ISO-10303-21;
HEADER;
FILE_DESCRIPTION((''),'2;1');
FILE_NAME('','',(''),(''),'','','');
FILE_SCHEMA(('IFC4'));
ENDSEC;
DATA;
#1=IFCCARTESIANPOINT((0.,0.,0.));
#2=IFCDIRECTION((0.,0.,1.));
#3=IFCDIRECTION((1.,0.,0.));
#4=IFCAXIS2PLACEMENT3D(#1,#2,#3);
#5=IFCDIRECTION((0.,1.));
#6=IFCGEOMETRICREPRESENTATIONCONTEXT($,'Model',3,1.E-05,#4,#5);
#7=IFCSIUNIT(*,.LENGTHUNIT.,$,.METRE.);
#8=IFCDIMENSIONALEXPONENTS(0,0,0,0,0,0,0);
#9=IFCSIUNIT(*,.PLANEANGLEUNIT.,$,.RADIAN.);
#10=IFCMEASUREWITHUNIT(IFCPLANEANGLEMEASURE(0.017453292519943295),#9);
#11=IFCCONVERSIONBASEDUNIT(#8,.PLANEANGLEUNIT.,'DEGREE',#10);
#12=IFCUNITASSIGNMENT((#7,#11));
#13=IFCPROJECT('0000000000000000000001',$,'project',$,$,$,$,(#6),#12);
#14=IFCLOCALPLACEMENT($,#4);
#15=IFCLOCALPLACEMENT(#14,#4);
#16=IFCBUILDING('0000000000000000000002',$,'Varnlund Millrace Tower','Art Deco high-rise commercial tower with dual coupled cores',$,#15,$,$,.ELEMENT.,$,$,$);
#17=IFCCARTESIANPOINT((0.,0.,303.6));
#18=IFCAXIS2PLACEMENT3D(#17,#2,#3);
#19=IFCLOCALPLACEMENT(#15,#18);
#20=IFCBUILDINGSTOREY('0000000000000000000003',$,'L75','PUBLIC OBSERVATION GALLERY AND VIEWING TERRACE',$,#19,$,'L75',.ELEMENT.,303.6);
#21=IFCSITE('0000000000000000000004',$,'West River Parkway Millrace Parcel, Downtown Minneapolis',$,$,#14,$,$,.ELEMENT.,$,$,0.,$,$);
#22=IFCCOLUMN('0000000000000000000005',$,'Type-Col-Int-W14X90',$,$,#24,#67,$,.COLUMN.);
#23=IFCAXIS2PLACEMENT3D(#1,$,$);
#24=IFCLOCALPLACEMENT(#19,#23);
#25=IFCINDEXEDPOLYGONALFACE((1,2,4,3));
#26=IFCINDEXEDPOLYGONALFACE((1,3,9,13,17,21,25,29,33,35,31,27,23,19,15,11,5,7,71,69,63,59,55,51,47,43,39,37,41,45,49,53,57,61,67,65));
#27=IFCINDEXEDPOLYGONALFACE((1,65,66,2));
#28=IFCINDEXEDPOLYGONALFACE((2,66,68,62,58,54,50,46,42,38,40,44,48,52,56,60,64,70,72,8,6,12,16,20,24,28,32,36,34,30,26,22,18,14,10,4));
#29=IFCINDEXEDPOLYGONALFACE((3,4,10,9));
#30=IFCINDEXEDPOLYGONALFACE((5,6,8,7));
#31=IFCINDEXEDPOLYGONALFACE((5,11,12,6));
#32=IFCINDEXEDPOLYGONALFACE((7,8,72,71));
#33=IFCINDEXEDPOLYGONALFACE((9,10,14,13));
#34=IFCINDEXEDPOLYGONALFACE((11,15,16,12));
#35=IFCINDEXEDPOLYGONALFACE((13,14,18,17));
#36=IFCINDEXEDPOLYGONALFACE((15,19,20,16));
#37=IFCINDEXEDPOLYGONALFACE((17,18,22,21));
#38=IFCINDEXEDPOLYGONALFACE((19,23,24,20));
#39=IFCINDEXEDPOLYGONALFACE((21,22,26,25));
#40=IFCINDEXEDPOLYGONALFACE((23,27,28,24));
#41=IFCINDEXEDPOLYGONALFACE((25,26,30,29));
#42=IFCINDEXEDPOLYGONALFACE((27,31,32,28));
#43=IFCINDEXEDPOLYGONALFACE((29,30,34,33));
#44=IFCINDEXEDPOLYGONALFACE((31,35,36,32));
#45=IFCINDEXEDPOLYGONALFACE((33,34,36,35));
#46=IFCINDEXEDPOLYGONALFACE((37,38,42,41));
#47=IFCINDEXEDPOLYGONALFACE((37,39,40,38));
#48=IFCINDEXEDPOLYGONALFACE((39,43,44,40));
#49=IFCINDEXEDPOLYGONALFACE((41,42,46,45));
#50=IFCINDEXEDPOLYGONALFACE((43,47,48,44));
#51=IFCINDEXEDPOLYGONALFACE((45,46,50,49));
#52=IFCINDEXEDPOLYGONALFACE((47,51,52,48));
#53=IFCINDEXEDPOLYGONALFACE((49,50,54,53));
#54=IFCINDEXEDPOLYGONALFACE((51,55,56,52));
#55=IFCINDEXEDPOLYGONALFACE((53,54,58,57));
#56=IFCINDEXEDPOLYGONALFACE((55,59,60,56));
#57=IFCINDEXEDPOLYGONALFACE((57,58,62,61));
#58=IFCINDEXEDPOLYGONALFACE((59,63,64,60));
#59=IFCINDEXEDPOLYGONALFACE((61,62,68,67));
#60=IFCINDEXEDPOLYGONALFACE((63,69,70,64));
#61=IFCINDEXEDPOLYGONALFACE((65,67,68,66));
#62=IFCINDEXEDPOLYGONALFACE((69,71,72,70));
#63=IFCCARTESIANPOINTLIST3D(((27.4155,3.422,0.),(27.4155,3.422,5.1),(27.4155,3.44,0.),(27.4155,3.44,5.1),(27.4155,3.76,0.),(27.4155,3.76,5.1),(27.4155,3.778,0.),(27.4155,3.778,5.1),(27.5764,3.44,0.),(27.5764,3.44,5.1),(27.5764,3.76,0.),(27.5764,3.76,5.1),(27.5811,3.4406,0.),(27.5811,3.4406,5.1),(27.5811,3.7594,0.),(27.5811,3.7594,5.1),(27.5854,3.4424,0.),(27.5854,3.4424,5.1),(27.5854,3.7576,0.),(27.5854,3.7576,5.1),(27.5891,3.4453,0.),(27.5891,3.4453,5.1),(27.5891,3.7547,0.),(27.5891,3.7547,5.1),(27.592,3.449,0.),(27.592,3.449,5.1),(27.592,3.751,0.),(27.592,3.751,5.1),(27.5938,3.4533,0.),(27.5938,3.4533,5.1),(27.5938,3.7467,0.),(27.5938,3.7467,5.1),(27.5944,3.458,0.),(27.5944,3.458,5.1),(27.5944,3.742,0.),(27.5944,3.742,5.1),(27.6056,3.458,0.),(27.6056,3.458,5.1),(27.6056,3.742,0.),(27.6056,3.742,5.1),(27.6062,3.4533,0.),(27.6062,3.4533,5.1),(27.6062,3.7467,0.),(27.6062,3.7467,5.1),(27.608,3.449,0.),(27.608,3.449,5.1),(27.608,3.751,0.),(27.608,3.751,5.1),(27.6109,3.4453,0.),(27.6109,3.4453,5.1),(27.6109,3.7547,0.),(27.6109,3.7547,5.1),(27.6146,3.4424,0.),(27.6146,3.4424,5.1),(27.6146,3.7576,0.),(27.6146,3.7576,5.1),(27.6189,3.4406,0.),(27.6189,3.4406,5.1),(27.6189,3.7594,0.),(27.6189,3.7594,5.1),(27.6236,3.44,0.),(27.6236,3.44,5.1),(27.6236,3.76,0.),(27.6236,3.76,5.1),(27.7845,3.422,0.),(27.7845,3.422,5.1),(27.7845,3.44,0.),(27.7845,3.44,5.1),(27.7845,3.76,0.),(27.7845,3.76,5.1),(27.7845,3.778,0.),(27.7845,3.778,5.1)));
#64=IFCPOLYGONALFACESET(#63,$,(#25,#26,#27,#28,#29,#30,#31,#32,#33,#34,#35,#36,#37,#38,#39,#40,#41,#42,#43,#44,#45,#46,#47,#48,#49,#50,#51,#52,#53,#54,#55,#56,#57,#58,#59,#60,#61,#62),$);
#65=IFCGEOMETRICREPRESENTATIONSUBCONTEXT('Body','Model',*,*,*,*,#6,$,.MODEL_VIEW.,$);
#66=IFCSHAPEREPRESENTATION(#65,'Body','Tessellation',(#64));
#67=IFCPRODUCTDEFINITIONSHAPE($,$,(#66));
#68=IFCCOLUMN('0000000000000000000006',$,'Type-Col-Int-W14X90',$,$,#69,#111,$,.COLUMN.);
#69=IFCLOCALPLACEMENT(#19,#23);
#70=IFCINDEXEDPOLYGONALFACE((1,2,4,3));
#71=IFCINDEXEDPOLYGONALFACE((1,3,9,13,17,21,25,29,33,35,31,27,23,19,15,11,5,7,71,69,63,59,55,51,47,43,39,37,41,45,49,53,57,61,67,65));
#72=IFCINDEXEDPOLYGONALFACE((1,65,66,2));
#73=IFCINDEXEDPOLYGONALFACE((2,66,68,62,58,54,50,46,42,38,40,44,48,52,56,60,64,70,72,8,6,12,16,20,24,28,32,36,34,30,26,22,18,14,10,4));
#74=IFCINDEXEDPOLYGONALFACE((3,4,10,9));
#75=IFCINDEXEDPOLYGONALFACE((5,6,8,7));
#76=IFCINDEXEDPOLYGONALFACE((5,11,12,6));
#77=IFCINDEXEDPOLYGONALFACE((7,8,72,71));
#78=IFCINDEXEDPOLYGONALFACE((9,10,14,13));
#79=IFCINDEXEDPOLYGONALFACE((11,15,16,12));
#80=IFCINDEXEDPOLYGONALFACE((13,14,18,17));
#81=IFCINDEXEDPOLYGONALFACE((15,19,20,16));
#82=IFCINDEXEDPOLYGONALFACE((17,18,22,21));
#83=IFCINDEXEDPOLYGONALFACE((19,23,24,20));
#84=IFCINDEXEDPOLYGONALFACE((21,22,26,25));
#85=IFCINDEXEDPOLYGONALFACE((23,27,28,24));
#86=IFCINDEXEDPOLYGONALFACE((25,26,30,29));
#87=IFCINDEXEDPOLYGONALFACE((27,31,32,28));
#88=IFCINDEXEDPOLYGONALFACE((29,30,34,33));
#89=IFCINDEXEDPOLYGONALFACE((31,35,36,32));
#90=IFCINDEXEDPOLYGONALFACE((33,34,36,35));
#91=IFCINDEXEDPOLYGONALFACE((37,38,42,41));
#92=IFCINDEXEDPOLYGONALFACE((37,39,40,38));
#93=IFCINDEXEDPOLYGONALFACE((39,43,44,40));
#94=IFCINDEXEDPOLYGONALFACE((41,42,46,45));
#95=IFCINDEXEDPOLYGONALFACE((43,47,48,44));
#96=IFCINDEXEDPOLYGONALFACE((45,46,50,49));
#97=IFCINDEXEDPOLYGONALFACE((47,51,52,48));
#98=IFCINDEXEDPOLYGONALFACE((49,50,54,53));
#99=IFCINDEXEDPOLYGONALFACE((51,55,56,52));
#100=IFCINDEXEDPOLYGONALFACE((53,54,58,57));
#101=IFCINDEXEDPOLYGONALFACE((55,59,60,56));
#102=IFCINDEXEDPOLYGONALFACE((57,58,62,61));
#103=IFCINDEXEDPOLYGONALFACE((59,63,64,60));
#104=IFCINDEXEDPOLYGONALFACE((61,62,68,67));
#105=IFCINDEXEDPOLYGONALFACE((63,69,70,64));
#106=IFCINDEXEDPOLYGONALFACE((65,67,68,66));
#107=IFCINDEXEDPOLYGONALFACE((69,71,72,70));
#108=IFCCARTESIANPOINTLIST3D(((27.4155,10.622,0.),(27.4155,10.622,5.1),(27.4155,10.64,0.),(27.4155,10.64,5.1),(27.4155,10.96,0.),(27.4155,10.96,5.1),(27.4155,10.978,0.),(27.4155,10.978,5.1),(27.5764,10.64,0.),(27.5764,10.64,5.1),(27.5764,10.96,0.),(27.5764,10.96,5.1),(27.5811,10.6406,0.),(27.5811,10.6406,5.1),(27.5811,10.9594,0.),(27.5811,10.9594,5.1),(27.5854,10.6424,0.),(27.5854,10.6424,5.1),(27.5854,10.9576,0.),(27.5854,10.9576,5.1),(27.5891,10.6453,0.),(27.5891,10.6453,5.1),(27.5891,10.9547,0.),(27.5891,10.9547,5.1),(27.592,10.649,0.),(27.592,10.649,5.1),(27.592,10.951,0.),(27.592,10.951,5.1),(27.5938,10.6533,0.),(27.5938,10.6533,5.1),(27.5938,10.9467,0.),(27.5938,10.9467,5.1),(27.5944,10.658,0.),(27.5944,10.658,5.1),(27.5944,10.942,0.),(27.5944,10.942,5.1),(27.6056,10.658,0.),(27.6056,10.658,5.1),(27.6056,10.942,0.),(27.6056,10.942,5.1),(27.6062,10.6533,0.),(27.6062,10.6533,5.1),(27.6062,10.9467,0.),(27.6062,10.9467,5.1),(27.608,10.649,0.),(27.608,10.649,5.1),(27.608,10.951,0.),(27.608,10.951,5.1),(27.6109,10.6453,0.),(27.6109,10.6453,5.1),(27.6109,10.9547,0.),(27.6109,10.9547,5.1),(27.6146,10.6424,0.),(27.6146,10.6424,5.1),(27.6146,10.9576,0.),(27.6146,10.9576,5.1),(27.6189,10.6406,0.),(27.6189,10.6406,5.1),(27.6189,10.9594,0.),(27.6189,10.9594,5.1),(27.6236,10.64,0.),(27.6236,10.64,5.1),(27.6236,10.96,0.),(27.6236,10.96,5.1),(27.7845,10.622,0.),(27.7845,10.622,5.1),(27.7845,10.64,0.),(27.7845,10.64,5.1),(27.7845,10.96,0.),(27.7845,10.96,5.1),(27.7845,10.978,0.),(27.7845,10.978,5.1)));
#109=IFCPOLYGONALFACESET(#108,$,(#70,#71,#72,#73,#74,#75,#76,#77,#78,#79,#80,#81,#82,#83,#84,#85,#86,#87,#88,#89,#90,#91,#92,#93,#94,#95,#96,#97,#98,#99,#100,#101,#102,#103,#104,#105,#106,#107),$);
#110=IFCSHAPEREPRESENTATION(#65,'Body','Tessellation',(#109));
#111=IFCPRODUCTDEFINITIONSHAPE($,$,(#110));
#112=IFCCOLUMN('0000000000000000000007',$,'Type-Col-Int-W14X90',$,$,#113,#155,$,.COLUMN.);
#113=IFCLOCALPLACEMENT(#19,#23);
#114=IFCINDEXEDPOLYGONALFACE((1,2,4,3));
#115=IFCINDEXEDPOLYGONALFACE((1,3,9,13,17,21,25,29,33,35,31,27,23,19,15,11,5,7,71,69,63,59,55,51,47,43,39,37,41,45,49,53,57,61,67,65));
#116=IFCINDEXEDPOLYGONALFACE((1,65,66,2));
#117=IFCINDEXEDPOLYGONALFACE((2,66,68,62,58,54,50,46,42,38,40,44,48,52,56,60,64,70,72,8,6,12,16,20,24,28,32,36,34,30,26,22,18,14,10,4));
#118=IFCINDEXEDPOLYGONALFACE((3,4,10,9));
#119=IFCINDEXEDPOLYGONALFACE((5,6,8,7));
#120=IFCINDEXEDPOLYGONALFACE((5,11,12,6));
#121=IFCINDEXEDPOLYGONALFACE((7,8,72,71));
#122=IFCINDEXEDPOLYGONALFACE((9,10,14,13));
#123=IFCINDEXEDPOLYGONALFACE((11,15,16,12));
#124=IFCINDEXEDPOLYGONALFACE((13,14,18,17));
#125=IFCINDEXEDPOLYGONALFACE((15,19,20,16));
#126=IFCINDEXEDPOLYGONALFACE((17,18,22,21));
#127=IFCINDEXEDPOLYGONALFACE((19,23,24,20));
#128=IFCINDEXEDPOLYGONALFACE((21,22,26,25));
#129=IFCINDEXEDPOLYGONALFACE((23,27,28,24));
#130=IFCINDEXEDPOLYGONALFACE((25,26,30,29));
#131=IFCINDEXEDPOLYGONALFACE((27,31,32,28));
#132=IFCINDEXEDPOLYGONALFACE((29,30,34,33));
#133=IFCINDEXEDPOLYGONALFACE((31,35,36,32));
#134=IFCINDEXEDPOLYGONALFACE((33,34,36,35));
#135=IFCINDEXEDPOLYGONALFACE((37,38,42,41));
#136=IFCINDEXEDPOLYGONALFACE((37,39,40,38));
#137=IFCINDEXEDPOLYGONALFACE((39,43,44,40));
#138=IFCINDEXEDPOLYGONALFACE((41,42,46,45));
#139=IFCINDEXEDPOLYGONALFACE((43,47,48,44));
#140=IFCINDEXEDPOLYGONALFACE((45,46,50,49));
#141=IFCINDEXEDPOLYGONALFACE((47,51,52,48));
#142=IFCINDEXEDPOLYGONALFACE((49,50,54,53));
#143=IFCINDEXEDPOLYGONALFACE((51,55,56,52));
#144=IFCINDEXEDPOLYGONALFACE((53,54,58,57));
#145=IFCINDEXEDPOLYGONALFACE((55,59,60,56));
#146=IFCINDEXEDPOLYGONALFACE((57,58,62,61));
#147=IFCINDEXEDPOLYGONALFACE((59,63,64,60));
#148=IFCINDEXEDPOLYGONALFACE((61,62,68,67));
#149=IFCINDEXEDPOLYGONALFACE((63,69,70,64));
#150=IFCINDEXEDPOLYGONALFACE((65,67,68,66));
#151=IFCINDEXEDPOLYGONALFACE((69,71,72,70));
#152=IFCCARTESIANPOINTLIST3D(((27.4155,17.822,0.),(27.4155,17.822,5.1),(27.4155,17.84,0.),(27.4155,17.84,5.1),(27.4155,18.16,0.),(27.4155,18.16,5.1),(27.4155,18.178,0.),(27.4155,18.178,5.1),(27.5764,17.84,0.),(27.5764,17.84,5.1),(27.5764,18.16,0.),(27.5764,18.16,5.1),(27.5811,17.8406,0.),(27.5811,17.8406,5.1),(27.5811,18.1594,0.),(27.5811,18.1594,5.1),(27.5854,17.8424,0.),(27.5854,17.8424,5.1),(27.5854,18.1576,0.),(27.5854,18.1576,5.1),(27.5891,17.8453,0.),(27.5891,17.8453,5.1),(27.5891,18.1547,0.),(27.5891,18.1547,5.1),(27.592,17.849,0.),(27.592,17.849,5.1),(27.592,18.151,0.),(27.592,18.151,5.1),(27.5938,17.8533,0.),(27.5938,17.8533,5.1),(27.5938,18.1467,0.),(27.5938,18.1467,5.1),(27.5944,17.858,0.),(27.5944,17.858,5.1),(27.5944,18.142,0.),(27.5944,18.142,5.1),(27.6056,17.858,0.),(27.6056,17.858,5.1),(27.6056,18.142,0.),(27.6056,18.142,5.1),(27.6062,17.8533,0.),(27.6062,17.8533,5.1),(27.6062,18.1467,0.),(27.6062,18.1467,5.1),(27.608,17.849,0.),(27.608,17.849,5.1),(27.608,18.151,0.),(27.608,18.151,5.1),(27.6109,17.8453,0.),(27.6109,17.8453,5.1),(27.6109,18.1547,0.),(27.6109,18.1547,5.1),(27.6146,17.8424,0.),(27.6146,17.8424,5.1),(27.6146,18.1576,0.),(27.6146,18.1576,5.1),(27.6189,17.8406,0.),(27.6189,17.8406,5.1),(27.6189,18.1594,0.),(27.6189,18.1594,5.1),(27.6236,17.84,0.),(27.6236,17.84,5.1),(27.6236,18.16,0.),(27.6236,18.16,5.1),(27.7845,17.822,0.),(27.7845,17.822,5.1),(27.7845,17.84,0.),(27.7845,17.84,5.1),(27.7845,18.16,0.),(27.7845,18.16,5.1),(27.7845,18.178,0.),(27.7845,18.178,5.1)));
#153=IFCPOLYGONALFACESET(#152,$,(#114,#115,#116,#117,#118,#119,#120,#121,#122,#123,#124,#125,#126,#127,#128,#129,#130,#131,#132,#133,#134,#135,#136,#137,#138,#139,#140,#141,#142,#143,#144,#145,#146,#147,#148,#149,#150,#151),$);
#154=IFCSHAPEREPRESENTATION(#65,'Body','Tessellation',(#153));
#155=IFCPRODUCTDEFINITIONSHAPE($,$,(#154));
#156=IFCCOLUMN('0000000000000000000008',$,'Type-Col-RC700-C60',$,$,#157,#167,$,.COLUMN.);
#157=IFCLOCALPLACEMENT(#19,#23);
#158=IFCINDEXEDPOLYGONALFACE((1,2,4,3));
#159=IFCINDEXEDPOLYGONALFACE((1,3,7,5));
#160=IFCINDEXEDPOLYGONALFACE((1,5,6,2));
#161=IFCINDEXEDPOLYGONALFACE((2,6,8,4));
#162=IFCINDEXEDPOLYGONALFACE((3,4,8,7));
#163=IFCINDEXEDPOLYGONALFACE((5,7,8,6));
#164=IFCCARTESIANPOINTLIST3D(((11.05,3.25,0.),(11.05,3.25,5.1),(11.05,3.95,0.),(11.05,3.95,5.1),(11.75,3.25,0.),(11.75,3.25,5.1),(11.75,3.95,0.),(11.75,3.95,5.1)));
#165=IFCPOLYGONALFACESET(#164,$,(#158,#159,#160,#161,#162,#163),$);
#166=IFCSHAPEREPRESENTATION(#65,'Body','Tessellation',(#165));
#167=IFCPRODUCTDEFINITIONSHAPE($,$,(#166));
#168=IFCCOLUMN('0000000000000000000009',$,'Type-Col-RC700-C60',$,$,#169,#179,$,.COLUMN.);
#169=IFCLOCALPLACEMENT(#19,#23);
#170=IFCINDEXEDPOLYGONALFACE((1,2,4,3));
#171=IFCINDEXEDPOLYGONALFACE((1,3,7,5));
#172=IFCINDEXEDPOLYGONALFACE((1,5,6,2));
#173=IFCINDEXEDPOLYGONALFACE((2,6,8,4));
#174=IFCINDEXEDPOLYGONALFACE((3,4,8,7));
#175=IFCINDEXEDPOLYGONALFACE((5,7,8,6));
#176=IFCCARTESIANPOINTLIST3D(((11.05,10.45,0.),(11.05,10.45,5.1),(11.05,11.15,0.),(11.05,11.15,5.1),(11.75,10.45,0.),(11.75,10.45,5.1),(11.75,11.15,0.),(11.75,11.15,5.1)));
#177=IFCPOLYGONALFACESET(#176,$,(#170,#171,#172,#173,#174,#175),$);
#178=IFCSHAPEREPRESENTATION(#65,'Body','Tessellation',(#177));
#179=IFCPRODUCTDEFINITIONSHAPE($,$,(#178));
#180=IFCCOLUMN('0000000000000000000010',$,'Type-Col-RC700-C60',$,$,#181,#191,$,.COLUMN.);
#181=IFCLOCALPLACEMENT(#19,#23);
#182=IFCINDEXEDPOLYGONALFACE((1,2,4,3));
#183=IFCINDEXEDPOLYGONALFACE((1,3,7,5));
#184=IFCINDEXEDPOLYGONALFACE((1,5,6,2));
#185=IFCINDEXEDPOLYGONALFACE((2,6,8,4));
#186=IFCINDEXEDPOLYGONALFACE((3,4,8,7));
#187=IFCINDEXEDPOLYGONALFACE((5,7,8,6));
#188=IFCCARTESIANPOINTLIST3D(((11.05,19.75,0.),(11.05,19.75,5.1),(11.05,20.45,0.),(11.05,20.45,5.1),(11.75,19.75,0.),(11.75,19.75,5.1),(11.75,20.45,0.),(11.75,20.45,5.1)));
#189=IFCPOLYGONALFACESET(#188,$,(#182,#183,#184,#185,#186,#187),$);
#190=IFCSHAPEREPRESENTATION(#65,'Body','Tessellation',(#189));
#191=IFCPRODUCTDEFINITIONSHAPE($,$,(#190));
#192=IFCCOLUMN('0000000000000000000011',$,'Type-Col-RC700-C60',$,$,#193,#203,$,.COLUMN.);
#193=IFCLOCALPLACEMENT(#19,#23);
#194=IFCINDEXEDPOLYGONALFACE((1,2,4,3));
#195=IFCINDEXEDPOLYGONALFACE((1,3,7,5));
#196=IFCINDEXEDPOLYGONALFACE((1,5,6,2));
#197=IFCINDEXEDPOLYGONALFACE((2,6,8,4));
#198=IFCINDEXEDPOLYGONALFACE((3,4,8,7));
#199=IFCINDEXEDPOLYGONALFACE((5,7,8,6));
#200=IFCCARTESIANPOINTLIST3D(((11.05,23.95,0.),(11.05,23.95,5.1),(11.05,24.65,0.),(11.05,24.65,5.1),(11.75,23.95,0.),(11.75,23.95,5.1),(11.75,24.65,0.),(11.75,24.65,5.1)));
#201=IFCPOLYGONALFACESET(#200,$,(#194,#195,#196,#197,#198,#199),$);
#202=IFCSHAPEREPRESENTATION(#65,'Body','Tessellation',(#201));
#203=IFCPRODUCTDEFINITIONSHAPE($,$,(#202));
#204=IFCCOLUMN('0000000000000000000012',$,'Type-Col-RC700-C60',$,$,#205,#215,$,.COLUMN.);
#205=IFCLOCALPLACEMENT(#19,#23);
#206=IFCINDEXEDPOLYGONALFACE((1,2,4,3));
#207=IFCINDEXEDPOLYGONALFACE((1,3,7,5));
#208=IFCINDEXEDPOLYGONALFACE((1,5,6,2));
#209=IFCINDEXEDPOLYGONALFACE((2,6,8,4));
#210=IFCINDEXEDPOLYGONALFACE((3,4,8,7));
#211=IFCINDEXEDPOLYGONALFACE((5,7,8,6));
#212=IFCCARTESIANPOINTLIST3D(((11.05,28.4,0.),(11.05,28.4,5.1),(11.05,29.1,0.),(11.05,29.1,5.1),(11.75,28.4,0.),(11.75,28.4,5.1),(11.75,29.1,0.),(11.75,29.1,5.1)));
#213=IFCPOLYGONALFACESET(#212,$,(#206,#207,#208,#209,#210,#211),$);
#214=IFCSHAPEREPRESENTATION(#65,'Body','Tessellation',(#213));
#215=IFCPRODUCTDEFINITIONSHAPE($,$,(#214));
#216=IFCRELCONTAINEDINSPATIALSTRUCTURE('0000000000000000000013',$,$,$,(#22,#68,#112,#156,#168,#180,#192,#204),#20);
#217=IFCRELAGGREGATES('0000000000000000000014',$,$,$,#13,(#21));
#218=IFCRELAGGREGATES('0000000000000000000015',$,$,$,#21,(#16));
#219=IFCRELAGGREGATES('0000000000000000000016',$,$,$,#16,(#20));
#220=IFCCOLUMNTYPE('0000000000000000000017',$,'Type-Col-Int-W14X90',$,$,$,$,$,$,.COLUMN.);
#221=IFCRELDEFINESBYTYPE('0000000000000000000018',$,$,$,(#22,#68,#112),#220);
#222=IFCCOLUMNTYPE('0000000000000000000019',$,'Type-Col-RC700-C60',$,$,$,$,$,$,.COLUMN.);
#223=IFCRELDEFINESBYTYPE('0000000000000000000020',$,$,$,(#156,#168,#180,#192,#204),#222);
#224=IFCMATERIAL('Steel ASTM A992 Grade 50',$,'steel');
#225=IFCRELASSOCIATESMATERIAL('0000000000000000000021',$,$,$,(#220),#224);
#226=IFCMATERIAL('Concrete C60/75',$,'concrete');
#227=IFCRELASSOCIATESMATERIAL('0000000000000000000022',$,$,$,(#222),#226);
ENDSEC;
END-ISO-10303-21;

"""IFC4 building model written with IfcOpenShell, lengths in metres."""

from ifc_helpers import new_model, entity, si_unit, converted_unit, direction, frame, origin_with_axes, origin_2d_with_axis, place, context, subcontext, project, spatial, rectangle, i_section, extrude, material, material_profile, profile_set, type_object, element, save


model = new_model("IFC4")

# Units and contexts
model_context = context("Model", 3, precision=1e-05, world=origin_with_axes(), true_north=direction((0.0, 1.0)))
body_context = subcontext(model_context, "Body", "Model", "MODEL_VIEW")
ifc_project = project(units=[si_unit("LENGTHUNIT", "METRE"), converted_unit("PLANEANGLEUNIT", "DEGREE", entity("IfcPlaneAngleMeasure", 0.017453292519943295), si_unit("PLANEANGLEUNIT", "RADIAN"), dimensions=[0, 0, 0, 0, 0, 0, 0])], contexts=[model_context])

# Site, building, storey
site_placement = place(None, origin_with_axes())
site = spatial("IfcSite", under=ifc_project, at=site_placement, Name="West River Parkway Millrace Parcel, Downtown Minneapolis", CompositionType="ELEMENT", RefElevation=0.0)
building_placement = place(site_placement, origin_with_axes())
building = spatial("IfcBuilding", under=site, at=building_placement, Name="Varnlund Millrace Tower", Description="Art Deco high-rise commercial tower with dual coupled cores", CompositionType="ELEMENT")
storey_placement = place(building_placement, frame((0.0, 0.0, 303.6), z_axis=(0.0, 0.0, 1.0), x_axis=(1.0, 0.0, 0.0)))
storey = spatial("IfcBuildingStorey", under=building, at=storey_placement, Name="L75", Description="PUBLIC OBSERVATION GALLERY AND VIEWING TERRACE", LongName="L75", CompositionType="ELEMENT", Elevation=303.6)

# Columns
ifc_material_1 = material(Name="Steel ASTM A992 Grade 50", Category="steel")
ifc_material_profile_1 = material_profile(ifc_material_1, i_section(OverallWidth=0.369, OverallDepth=0.356, WebThickness=0.0112, FlangeThickness=0.018, FilletRadius=0.018, at=origin_2d_with_axis()), Name="Steel ASTM A992 Grade 50")
ifc_profile_set_1 = profile_set([ifc_material_profile_1], Name="Steel ASTM A992 Grade 50")
column_type_1 = type_object("IfcColumnType", Name="Type-Col-Int-W14X90", PredefinedType="COLUMN", material=ifc_profile_set_1)
for number, where, z_axis, x_axis, name in (
    (1, (27.6, 3.6, 0.0), (0.0, 0.0, 1.0), (1.0, 0.0, 0.0), "Type-Col-Int-W14X90"),
    (2, (27.6, 10.8, 0.0), (0.0, 0.0, 1.0), (1.0, 0.0, 0.0), "Type-Col-Int-W14X90"),
    (3, (27.6, 18.0, 0.0), (0.0, 0.0, 1.0), (1.0, 0.0, 0.0), "Type-Col-Int-W14X90"),
):
    element("IfcColumn", number, at=place(storey_placement, frame(where, z_axis=z_axis, x_axis=x_axis)), inside=storey, type_object=column_type_1, Name=name, PredefinedType="COLUMN", context=body_context, shape_type="SweptSolid", body=[
        extrude(i_section(OverallWidth=0.369, OverallDepth=0.356, WebThickness=0.0112, FlangeThickness=0.018, FilletRadius=0.018, at=origin_2d_with_axis()), origin_with_axes(), (0.0, 0.0, 1.0), 5.1),
    ])
ifc_material_2 = material(Name="Concrete C60/75", Category="concrete")
ifc_material_profile_2 = material_profile(ifc_material_2, rectangle(XDim=0.7, YDim=0.7, at=origin_2d_with_axis()), Name="Concrete C60/75")
ifc_profile_set_2 = profile_set([ifc_material_profile_2], Name="Concrete C60/75")
column_type_2 = type_object("IfcColumnType", Name="Type-Col-RC700-C60", PredefinedType="COLUMN", material=ifc_profile_set_2)
for number, where, z_axis, x_axis, name in (
    (4, (11.4, 3.6, 0.0), (0.0, 0.0, 1.0), (1.0, 0.0, 0.0), "Type-Col-RC700-C60"),
    (5, (11.4, 10.8, 0.0), (0.0, 0.0, 1.0), (1.0, 0.0, 0.0), "Type-Col-RC700-C60"),
    (6, (11.4, 20.1, 0.0), (0.0, 0.0, 1.0), (1.0, 0.0, 0.0), "Type-Col-RC700-C60"),
    (7, (11.4, 24.3, 0.0), (0.0, 0.0, 1.0), (1.0, 0.0, 0.0), "Type-Col-RC700-C60"),
    (8, (11.4, 28.75, 0.0), (0.0, 0.0, 1.0), (1.0, 0.0, 0.0), "Type-Col-RC700-C60"),
):
    element("IfcColumn", number, at=place(storey_placement, frame(where, z_axis=z_axis, x_axis=x_axis)), inside=storey, type_object=column_type_2, Name=name, PredefinedType="COLUMN", context=body_context, shape_type="SweptSolid", body=[
        extrude(rectangle(XDim=0.7, YDim=0.7, at=origin_2d_with_axis()), origin_with_axes(), (0.0, 0.0, 1.0), 5.1),
    ])

save(model, "model.ifc")
